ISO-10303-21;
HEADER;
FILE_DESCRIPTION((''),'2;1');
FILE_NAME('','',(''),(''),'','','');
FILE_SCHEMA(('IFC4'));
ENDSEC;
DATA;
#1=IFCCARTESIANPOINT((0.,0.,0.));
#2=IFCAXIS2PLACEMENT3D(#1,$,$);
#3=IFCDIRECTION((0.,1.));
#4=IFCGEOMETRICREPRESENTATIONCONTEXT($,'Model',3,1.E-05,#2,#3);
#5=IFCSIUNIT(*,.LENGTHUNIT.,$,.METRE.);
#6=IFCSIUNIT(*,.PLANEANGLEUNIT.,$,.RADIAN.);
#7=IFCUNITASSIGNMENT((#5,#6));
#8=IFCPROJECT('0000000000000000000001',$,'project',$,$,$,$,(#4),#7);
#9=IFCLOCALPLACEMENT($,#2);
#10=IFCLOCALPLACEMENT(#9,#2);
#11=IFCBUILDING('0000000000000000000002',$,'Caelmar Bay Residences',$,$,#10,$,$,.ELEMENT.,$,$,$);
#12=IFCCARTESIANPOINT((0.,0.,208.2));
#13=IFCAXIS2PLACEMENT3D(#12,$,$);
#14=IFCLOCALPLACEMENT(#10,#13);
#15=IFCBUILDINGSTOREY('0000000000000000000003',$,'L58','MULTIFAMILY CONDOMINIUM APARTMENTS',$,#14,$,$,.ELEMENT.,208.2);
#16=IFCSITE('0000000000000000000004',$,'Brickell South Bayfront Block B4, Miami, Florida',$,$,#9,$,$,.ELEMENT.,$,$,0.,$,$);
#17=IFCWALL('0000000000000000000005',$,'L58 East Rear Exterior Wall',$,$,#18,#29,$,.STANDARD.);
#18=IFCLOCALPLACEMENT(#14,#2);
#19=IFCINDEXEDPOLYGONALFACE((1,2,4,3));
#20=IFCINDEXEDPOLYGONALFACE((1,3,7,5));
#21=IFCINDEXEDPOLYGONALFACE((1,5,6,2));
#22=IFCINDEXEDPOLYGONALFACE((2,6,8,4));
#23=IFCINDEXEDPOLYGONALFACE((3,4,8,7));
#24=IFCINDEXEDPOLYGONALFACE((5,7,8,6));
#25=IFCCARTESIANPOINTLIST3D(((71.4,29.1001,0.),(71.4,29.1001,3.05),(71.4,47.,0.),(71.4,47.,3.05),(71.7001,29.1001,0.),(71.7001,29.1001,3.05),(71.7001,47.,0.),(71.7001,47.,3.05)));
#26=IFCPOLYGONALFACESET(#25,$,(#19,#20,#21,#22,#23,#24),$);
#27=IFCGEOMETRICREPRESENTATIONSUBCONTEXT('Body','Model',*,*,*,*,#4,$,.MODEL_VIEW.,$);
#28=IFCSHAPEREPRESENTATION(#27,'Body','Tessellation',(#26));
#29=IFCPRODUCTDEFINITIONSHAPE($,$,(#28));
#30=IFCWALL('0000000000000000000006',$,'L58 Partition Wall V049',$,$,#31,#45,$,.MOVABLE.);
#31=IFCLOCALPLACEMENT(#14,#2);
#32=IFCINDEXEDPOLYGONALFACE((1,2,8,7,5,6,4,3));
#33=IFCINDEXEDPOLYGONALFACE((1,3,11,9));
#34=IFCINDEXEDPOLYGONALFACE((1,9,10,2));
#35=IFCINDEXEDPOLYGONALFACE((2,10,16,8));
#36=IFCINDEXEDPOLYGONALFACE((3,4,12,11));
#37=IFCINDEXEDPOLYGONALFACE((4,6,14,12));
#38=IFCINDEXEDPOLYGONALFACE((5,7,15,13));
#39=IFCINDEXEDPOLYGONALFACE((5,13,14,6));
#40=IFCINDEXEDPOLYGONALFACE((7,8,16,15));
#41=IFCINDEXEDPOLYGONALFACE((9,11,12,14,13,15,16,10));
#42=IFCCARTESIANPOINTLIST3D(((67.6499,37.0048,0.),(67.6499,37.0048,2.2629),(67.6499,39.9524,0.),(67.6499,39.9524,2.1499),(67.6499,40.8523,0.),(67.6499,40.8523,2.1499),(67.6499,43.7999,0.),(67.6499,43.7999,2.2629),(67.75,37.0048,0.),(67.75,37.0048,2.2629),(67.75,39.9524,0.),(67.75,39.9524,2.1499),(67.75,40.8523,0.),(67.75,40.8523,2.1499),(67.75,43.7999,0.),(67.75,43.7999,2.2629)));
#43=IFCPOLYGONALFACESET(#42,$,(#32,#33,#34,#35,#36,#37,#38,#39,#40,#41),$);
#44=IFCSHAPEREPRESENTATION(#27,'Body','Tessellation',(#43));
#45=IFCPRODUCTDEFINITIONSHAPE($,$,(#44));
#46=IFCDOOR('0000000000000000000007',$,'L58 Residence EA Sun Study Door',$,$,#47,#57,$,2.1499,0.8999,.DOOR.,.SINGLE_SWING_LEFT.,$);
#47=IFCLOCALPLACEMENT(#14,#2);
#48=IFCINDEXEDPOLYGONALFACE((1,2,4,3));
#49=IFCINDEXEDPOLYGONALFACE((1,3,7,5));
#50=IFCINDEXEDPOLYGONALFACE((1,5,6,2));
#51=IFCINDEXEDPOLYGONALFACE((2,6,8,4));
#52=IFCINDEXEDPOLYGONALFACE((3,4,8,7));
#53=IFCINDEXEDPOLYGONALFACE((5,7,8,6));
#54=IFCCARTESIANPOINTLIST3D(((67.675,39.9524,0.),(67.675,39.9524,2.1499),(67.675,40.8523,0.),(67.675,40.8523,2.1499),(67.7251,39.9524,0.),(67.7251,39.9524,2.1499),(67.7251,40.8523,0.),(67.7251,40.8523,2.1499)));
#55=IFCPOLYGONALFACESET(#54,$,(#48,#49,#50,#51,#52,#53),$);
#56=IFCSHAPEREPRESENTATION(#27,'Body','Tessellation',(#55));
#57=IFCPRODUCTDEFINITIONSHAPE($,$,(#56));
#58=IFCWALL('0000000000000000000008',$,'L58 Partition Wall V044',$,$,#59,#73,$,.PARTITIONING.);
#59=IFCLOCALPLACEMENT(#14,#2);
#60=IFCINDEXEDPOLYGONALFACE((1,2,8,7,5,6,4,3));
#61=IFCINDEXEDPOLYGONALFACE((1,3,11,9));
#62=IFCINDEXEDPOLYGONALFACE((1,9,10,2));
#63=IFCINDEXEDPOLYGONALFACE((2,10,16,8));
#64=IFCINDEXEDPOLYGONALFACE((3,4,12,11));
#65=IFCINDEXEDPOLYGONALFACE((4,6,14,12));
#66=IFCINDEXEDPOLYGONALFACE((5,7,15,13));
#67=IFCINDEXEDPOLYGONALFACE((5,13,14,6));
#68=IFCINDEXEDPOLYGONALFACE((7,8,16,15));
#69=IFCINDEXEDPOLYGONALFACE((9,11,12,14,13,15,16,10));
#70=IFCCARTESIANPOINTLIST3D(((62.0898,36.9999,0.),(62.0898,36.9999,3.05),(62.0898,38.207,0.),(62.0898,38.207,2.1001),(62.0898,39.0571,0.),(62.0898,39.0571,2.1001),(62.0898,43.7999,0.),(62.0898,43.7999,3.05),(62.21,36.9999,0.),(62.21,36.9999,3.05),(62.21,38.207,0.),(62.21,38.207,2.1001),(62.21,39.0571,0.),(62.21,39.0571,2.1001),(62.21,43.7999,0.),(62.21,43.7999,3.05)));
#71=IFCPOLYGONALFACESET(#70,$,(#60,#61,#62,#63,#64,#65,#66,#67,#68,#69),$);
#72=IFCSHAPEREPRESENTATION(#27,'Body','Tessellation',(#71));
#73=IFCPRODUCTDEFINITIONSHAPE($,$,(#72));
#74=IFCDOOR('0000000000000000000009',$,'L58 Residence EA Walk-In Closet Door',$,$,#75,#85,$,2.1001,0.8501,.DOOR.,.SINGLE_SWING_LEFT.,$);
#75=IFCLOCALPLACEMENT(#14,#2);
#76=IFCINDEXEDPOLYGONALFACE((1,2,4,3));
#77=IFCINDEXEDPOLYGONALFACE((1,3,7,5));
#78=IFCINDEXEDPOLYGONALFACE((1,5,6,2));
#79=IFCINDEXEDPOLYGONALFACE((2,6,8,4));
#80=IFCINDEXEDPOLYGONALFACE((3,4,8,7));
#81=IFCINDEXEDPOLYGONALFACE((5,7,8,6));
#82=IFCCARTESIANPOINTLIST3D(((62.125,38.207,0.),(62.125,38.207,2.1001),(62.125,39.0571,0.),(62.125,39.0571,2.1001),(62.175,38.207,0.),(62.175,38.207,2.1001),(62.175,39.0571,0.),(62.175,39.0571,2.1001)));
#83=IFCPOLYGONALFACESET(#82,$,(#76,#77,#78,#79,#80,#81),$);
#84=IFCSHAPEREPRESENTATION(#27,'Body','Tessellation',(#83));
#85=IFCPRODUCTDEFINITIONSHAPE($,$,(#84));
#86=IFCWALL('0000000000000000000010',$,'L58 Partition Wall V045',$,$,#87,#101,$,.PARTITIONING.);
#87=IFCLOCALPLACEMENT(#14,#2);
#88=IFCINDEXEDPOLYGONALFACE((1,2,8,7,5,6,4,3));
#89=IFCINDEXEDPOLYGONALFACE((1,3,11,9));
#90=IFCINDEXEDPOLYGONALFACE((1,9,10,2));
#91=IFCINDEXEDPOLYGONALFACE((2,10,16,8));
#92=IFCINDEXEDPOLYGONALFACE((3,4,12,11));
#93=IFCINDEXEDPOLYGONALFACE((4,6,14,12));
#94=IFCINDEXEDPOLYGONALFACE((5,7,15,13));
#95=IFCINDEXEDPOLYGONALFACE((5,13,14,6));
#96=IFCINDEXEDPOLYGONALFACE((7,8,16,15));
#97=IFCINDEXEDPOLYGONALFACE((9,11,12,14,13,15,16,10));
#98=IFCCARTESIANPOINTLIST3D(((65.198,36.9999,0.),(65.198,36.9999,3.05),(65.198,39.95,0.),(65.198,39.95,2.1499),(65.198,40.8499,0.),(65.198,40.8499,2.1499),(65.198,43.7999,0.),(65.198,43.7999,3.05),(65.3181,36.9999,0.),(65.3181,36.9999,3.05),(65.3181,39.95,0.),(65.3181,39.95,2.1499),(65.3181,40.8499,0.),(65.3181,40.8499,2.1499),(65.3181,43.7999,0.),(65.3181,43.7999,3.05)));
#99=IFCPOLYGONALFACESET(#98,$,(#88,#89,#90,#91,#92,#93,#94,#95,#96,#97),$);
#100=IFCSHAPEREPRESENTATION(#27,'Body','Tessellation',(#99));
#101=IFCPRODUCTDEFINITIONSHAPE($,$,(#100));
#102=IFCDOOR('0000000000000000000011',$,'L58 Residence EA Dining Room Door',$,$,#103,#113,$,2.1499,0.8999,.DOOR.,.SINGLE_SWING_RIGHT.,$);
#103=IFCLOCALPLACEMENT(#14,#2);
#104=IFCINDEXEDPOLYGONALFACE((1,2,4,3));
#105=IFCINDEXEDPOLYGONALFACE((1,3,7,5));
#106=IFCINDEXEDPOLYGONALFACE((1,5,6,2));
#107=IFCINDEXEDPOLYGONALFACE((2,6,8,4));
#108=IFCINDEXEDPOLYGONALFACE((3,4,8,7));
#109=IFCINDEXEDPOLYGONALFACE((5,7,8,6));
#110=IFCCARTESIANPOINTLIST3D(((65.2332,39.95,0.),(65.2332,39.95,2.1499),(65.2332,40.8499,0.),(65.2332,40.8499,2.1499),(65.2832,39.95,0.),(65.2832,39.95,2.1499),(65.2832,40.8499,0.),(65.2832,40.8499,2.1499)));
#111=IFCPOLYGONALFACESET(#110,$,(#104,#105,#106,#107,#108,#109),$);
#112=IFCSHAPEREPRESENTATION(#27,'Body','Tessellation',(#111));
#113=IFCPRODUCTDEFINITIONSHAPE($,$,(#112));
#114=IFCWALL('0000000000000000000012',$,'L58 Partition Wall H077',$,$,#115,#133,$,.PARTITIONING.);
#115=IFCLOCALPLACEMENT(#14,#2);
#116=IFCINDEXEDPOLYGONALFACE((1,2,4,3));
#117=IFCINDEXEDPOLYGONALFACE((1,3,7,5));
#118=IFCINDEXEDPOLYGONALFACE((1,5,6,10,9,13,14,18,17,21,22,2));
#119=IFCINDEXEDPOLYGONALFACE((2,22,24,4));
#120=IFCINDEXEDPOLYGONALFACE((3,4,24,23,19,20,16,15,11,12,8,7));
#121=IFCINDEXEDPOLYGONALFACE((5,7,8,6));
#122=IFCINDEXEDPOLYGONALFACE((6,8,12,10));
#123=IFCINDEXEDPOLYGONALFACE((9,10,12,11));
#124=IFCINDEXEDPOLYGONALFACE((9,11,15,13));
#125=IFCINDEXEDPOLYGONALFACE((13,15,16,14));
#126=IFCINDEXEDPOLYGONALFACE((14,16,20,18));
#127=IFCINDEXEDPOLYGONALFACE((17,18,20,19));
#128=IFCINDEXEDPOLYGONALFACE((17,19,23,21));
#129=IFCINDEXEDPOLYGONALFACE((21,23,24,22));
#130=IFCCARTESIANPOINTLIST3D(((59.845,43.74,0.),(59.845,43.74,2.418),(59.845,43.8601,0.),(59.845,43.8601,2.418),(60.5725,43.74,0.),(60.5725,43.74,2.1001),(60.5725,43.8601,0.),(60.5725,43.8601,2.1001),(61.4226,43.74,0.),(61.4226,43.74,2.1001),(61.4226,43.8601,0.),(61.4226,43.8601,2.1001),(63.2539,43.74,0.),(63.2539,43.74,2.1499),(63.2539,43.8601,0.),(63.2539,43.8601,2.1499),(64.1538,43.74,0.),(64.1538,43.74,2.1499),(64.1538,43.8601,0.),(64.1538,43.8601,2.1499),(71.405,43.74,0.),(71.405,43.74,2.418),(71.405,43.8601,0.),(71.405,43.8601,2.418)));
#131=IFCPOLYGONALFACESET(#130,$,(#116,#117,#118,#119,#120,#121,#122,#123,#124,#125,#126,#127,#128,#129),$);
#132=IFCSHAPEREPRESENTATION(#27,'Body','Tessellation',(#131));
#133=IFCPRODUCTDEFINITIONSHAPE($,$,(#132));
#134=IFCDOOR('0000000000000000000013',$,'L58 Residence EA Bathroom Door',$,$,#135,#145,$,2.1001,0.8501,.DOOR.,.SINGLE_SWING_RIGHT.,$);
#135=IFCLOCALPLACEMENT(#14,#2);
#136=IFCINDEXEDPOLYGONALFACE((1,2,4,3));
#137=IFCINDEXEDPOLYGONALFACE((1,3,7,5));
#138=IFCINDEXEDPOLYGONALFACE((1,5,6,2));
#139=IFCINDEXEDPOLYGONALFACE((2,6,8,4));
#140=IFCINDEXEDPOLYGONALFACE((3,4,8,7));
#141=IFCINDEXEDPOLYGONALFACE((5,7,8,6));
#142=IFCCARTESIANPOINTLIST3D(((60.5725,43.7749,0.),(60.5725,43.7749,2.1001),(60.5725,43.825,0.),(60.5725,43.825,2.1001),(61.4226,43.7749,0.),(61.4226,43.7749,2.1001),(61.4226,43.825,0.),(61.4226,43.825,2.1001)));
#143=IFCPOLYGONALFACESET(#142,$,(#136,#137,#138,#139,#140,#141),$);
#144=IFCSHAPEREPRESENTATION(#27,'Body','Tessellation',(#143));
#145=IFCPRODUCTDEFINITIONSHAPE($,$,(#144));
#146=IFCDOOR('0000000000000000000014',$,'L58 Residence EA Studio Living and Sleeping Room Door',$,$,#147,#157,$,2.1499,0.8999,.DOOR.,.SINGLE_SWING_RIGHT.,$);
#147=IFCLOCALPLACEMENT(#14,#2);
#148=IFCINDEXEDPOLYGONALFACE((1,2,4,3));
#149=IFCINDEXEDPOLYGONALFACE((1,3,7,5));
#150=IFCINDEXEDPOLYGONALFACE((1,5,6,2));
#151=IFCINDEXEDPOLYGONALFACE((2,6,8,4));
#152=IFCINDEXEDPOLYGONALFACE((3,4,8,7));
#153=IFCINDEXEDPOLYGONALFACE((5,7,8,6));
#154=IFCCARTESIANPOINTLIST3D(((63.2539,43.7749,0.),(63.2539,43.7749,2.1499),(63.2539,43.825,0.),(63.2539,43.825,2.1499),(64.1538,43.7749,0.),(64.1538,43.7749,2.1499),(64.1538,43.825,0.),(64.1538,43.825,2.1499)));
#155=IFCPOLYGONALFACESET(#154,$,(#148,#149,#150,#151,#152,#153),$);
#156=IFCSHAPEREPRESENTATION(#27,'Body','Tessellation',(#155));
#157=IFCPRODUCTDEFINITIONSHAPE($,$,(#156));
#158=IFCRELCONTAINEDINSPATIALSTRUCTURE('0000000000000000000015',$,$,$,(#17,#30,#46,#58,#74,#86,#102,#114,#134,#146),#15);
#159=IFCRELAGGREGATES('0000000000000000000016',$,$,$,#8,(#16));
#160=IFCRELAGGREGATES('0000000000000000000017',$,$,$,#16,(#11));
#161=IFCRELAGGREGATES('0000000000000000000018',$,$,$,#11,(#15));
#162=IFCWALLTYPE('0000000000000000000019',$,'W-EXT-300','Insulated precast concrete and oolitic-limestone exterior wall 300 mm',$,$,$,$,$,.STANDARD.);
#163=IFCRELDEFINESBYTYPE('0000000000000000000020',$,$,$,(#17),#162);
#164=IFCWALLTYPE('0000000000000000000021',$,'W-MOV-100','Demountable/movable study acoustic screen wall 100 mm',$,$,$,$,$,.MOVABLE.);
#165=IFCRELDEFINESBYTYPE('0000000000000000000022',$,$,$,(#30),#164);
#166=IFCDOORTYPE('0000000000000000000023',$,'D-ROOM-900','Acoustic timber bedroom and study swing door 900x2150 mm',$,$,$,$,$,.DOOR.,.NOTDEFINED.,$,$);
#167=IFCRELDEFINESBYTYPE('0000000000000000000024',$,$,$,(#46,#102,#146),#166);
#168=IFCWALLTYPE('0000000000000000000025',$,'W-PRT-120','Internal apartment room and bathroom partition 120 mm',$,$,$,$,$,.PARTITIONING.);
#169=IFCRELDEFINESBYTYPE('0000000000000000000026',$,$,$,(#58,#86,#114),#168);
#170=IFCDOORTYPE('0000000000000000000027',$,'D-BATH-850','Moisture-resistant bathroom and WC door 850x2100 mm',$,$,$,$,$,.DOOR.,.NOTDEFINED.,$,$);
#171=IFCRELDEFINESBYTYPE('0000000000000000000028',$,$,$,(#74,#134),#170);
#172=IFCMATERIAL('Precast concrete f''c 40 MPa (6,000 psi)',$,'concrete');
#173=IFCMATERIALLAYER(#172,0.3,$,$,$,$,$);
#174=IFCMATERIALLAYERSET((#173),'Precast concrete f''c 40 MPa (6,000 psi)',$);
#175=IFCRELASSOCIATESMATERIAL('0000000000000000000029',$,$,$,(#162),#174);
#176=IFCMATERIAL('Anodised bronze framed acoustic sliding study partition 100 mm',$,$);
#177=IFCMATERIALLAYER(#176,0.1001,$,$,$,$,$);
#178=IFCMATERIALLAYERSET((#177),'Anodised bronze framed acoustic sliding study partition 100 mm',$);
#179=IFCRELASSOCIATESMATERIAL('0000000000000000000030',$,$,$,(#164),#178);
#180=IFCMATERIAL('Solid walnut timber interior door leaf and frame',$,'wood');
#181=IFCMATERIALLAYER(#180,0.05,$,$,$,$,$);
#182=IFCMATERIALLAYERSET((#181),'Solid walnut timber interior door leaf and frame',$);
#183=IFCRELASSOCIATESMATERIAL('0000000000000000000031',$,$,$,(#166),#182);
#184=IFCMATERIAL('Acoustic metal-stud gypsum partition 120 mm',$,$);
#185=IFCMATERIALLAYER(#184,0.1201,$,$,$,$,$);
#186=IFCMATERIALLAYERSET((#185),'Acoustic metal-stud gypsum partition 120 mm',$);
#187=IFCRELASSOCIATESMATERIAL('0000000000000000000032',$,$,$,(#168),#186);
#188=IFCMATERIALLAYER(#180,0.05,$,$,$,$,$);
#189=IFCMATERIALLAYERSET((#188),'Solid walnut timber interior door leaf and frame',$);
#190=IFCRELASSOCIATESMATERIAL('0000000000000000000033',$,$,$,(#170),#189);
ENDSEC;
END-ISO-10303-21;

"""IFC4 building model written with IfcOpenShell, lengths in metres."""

from ifc_helpers import new_model, si_unit, direction, frame, frame_2d, origin, place, context, subcontext, project, spatial, rectangle, extrude, material, layer, layer_set, type_object, element, fill, save


model = new_model("IFC4")

# Units and contexts
model_context = context("Model", 3, precision=1e-05, world=origin(), true_north=direction((0.0, 1.0)))
body_context = subcontext(model_context, "Body", "Model", "MODEL_VIEW")
ifc_project = project(units=[si_unit("LENGTHUNIT", "METRE"), si_unit("PLANEANGLEUNIT", "RADIAN")], contexts=[model_context])

# Site, building, storey
site_placement = place(None, origin())
site = spatial("IfcSite", under=ifc_project, at=site_placement, Name="Brickell South Bayfront Block B4, Miami, Florida", CompositionType="ELEMENT", RefElevation=0.0)
building_placement = place(site_placement, origin())
building = spatial("IfcBuilding", under=site, at=building_placement, Name="Caelmar Bay Residences", CompositionType="ELEMENT")
storey_placement = place(building_placement, frame((0.0, 0.0, 208.2)))
storey = spatial("IfcBuildingStorey", under=building, at=storey_placement, Name="L58", Description="MULTIFAMILY CONDOMINIUM APARTMENTS", CompositionType="ELEMENT", Elevation=208.2)

# Wall
ifc_material_1 = material(Name="Precast concrete f'c 40 MPa (6,000 psi)", Category="concrete")
ifc_layer_1 = layer(ifc_material_1, 0.3)
ifc_layer_set_1 = layer_set([ifc_layer_1], Name="Precast concrete f'c 40 MPa (6,000 psi)")
wall_type_1 = type_object("IfcWallType", Name="W-EXT-300", Description="Insulated precast concrete and oolitic-limestone exterior wall 300 mm", PredefinedType="STANDARD", material=ifc_layer_set_1)
wall_1_placement = place(storey_placement, frame((71.55, 47.0, 0.0), z_axis=(0.0, 0.0, 1.0), x_axis=(0.0, -1.0, 0.0)))
element("IfcWall", 1, at=wall_1_placement, inside=storey, type_object=wall_type_1, Name="L58 East Rear Exterior Wall", PredefinedType="STANDARD", context=body_context, shape_type="SweptSolid", body=[
    extrude(rectangle(XDim=17.8999, YDim=0.3, at=frame_2d((8.95, 0.0))), origin(), (0.0, 0.0, 1.0), 3.05),
])

# Walls, openings, doors
ifc_material_2 = material(Name="Anodised bronze framed acoustic sliding study partition 100 mm")
ifc_layer_2 = layer(ifc_material_2, 0.1001)
ifc_layer_set_2 = layer_set([ifc_layer_2], Name="Anodised bronze framed acoustic sliding study partition 100 mm")
wall_type_2 = type_object("IfcWallType", Name="W-MOV-100", Description="Demountable/movable study acoustic screen wall 100 mm", PredefinedType="MOVABLE", material=ifc_layer_set_2)
wall_2_placement = place(storey_placement, frame((67.7, 37.0049, 0.0), z_axis=(0.0, 0.0, 1.0), x_axis=(0.0, 1.0, 0.0)))
wall_2 = element("IfcWall", 2, at=wall_2_placement, inside=storey, type_object=wall_type_2, Name="L58 Partition Wall V049", PredefinedType="MOVABLE", context=body_context, shape_type="SweptSolid", body=[
    extrude(rectangle(XDim=6.7952, YDim=0.1001, at=frame_2d((3.3975, 0.0))), origin(), (0.0, 0.0, 1.0), 2.2629),
])
opening_1_placement = place(wall_2_placement, frame((2.9475, 0.0, 0.0)))
opening_1 = element("IfcOpeningElement", 3, at=opening_1_placement, cuts=wall_2, PredefinedType="OPENING", context=body_context, shape_type="SweptSolid", body=[
    extrude(rectangle(XDim=0.8999, YDim=2.1499, at=frame_2d((0.45, 1.075))), frame((0.0, 0.0601, 0.0), z_axis=(0.0, -1.0, 0.0), x_axis=(1.0, 0.0, 0.0)), (0.0, 0.0, 1.0), 0.1201),
])
ifc_material_3 = material(Name="Solid walnut timber interior door leaf and frame", Category="wood")
ifc_layer_3 = layer(ifc_material_3, 0.05)
ifc_layer_set_3 = layer_set([ifc_layer_3], Name="Solid walnut timber interior door leaf and frame")
door_type_1 = type_object("IfcDoorType", Name="D-ROOM-900", Description="Acoustic timber bedroom and study swing door 900x2150 mm", OperationType="NOTDEFINED", PredefinedType="DOOR", material=ifc_layer_set_3)
door_1_placement = place(opening_1_placement, origin())
door_1 = element("IfcDoor", 4, at=door_1_placement, inside=storey, type_object=door_type_1, Name="L58 Residence EA Sun Study Door", OperationType="SINGLE_SWING_LEFT", OverallHeight=2.1499, OverallWidth=0.8999, PredefinedType="DOOR", context=body_context, shape_type="SweptSolid", body=[
    extrude(rectangle(XDim=0.8999, YDim=2.1499, at=frame_2d((0.45, 1.075))), frame((0.0, 0.0249, 0.0), z_axis=(0.0, -1.0, 0.0), x_axis=(1.0, 0.0, 0.0)), (0.0, 0.0, 1.0), 0.05),
])
fill(opening_1, door_1)
ifc_material_4 = material(Name="Acoustic metal-stud gypsum partition 120 mm")
ifc_layer_4 = layer(ifc_material_4, 0.1201)
ifc_layer_set_4 = layer_set([ifc_layer_4], Name="Acoustic metal-stud gypsum partition 120 mm")
wall_type_3 = type_object("IfcWallType", Name="W-PRT-120", Description="Internal apartment room and bathroom partition 120 mm", PredefinedType="PARTITIONING", material=ifc_layer_set_4)
wall_3_placement = place(storey_placement, frame((62.1499, 37.0, 0.0), z_axis=(0.0, 0.0, 1.0), x_axis=(0.0, 1.0, 0.0)))
wall_3 = element("IfcWall", 5, at=wall_3_placement, inside=storey, type_object=wall_type_3, Name="L58 Partition Wall V044", PredefinedType="PARTITIONING", context=body_context, shape_type="SweptSolid", body=[
    extrude(rectangle(XDim=6.8, YDim=0.1201, at=frame_2d((3.3999, 0.0))), origin(), (0.0, 0.0, 1.0), 3.05),
])
opening_2_placement = place(wall_3_placement, frame((1.207, 0.0, 0.0)))
opening_2 = element("IfcOpeningElement", 6, at=opening_2_placement, cuts=wall_3, PredefinedType="OPENING", context=body_context, shape_type="SweptSolid", body=[
    extrude(rectangle(XDim=0.8501, YDim=2.1001, at=frame_2d((0.425, 1.05))), frame((0.0, 0.0701, 0.0), z_axis=(0.0, -1.0, 0.0), x_axis=(1.0, 0.0, 0.0)), (0.0, 0.0, 1.0), 0.1401),
])
ifc_layer_5 = layer(ifc_material_3, 0.05)
ifc_layer_set_5 = layer_set([ifc_layer_5], Name="Solid walnut timber interior door leaf and frame")
door_type_2 = type_object("IfcDoorType", Name="D-BATH-850", Description="Moisture-resistant bathroom and WC door 850x2100 mm", OperationType="NOTDEFINED", PredefinedType="DOOR", material=ifc_layer_set_5)
door_2_placement = place(opening_2_placement, origin())
door_2 = element("IfcDoor", 7, at=door_2_placement, inside=storey, type_object=door_type_2, Name="L58 Residence EA Walk-In Closet Door", OperationType="SINGLE_SWING_LEFT", OverallHeight=2.1001, OverallWidth=0.8501, PredefinedType="DOOR", context=body_context, shape_type="SweptSolid", body=[
    extrude(rectangle(XDim=0.8501, YDim=2.1001, at=frame_2d((0.425, 1.05))), frame((0.0, 0.0249, 0.0), z_axis=(0.0, -1.0, 0.0), x_axis=(1.0, 0.0, 0.0)), (0.0, 0.0, 1.0), 0.05),
])
fill(opening_2, door_2)
wall_4_placement = place(storey_placement, frame((65.2581, 37.0, 0.0), z_axis=(0.0, 0.0, 1.0), x_axis=(0.0, 1.0, 0.0)))
wall_4 = element("IfcWall", 8, at=wall_4_placement, inside=storey, type_object=wall_type_3, Name="L58 Partition Wall V045", PredefinedType="PARTITIONING", context=body_context, shape_type="SweptSolid", body=[
    extrude(rectangle(XDim=6.8, YDim=0.1201, at=frame_2d((3.3999, 0.0))), origin(), (0.0, 0.0, 1.0), 3.05),
])
opening_3_placement = place(wall_4_placement, frame((2.95, 0.0, 0.0)))
opening_3 = element("IfcOpeningElement", 9, at=opening_3_placement, cuts=wall_4, PredefinedType="OPENING", context=body_context, shape_type="SweptSolid", body=[
    extrude(rectangle(XDim=0.8999, YDim=2.1499, at=frame_2d((0.45, 1.075))), frame((0.0, 0.0701, 0.0), z_axis=(0.0, -1.0, 0.0), x_axis=(1.0, 0.0, 0.0)), (0.0, 0.0, 1.0), 0.1401),
])
door_3_placement = place(opening_3_placement, origin())
door_3 = element("IfcDoor", 10, at=door_3_placement, inside=storey, type_object=door_type_1, Name="L58 Residence EA Dining Room Door", OperationType="SINGLE_SWING_RIGHT", OverallHeight=2.1499, OverallWidth=0.8999, PredefinedType="DOOR", context=body_context, shape_type="SweptSolid", body=[
    extrude(rectangle(XDim=0.8999, YDim=2.1499, at=frame_2d((0.45, 1.075))), frame((0.0, 0.0249, 0.0), z_axis=(0.0, -1.0, 0.0), x_axis=(1.0, 0.0, 0.0)), (0.0, 0.0, 1.0), 0.05),
])
fill(opening_3, door_3)

# Wall, openings, doors
wall_5_placement = place(storey_placement, frame((59.845, 43.8, 0.0), z_axis=(0.0, 0.0, 1.0), x_axis=(1.0, 0.0, 0.0)))
wall_5 = element("IfcWall", 11, at=wall_5_placement, inside=storey, type_object=wall_type_3, Name="L58 Partition Wall H077", PredefinedType="PARTITIONING", context=body_context, shape_type="SweptSolid", body=[
    extrude(rectangle(XDim=11.5601, YDim=0.1201, at=frame_2d((5.78, 0.0))), origin(), (0.0, 0.0, 1.0), 2.418),
])
opening_4_placement = place(wall_5_placement, frame((3.4089, 0.0, 0.0)))
opening_4 = element("IfcOpeningElement", 12, at=opening_4_placement, cuts=wall_5, PredefinedType="OPENING", context=body_context, shape_type="SweptSolid", body=[
    extrude(rectangle(XDim=0.8999, YDim=2.1499, at=frame_2d((0.45, 1.075))), frame((0.0, 0.0701, 0.0), z_axis=(0.0, -1.0, 0.0), x_axis=(1.0, 0.0, 0.0)), (0.0, 0.0, 1.0), 0.1401),
])
opening_5_placement = place(wall_5_placement, frame((0.7275, 0.0, 0.0)))
opening_5 = element("IfcOpeningElement", 13, at=opening_5_placement, cuts=wall_5, PredefinedType="OPENING", context=body_context, shape_type="SweptSolid", body=[
    extrude(rectangle(XDim=0.8501, YDim=2.1001, at=frame_2d((0.425, 1.05))), frame((0.0, 0.0701, 0.0), z_axis=(0.0, -1.0, 0.0), x_axis=(1.0, 0.0, 0.0)), (0.0, 0.0, 1.0), 0.1401),
])
door_4_placement = place(opening_5_placement, origin())
door_4 = element("IfcDoor", 14, at=door_4_placement, inside=storey, type_object=door_type_2, Name="L58 Residence EA Bathroom Door", OperationType="SINGLE_SWING_RIGHT", OverallHeight=2.1001, OverallWidth=0.8501, PredefinedType="DOOR", context=body_context, shape_type="SweptSolid", body=[
    extrude(rectangle(XDim=0.8501, YDim=2.1001, at=frame_2d((0.425, 1.05))), frame((0.0, 0.0249, 0.0), z_axis=(0.0, -1.0, 0.0), x_axis=(1.0, 0.0, 0.0)), (0.0, 0.0, 1.0), 0.05),
])
fill(opening_5, door_4)
door_5_placement = place(opening_4_placement, origin())
door_5 = element("IfcDoor", 15, at=door_5_placement, inside=storey, type_object=door_type_1, Name="L58 Residence EA Studio Living and Sleeping Room Door", OperationType="SINGLE_SWING_RIGHT", OverallHeight=2.1499, OverallWidth=0.8999, PredefinedType="DOOR", context=body_context, shape_type="SweptSolid", body=[
    extrude(rectangle(XDim=0.8999, YDim=2.1499, at=frame_2d((0.45, 1.075))), frame((0.0, 0.0249, 0.0), z_axis=(0.0, -1.0, 0.0), x_axis=(1.0, 0.0, 0.0)), (0.0, 0.0, 1.0), 0.05),
])
fill(opening_4, door_5)

save(model, "model.ifc")
